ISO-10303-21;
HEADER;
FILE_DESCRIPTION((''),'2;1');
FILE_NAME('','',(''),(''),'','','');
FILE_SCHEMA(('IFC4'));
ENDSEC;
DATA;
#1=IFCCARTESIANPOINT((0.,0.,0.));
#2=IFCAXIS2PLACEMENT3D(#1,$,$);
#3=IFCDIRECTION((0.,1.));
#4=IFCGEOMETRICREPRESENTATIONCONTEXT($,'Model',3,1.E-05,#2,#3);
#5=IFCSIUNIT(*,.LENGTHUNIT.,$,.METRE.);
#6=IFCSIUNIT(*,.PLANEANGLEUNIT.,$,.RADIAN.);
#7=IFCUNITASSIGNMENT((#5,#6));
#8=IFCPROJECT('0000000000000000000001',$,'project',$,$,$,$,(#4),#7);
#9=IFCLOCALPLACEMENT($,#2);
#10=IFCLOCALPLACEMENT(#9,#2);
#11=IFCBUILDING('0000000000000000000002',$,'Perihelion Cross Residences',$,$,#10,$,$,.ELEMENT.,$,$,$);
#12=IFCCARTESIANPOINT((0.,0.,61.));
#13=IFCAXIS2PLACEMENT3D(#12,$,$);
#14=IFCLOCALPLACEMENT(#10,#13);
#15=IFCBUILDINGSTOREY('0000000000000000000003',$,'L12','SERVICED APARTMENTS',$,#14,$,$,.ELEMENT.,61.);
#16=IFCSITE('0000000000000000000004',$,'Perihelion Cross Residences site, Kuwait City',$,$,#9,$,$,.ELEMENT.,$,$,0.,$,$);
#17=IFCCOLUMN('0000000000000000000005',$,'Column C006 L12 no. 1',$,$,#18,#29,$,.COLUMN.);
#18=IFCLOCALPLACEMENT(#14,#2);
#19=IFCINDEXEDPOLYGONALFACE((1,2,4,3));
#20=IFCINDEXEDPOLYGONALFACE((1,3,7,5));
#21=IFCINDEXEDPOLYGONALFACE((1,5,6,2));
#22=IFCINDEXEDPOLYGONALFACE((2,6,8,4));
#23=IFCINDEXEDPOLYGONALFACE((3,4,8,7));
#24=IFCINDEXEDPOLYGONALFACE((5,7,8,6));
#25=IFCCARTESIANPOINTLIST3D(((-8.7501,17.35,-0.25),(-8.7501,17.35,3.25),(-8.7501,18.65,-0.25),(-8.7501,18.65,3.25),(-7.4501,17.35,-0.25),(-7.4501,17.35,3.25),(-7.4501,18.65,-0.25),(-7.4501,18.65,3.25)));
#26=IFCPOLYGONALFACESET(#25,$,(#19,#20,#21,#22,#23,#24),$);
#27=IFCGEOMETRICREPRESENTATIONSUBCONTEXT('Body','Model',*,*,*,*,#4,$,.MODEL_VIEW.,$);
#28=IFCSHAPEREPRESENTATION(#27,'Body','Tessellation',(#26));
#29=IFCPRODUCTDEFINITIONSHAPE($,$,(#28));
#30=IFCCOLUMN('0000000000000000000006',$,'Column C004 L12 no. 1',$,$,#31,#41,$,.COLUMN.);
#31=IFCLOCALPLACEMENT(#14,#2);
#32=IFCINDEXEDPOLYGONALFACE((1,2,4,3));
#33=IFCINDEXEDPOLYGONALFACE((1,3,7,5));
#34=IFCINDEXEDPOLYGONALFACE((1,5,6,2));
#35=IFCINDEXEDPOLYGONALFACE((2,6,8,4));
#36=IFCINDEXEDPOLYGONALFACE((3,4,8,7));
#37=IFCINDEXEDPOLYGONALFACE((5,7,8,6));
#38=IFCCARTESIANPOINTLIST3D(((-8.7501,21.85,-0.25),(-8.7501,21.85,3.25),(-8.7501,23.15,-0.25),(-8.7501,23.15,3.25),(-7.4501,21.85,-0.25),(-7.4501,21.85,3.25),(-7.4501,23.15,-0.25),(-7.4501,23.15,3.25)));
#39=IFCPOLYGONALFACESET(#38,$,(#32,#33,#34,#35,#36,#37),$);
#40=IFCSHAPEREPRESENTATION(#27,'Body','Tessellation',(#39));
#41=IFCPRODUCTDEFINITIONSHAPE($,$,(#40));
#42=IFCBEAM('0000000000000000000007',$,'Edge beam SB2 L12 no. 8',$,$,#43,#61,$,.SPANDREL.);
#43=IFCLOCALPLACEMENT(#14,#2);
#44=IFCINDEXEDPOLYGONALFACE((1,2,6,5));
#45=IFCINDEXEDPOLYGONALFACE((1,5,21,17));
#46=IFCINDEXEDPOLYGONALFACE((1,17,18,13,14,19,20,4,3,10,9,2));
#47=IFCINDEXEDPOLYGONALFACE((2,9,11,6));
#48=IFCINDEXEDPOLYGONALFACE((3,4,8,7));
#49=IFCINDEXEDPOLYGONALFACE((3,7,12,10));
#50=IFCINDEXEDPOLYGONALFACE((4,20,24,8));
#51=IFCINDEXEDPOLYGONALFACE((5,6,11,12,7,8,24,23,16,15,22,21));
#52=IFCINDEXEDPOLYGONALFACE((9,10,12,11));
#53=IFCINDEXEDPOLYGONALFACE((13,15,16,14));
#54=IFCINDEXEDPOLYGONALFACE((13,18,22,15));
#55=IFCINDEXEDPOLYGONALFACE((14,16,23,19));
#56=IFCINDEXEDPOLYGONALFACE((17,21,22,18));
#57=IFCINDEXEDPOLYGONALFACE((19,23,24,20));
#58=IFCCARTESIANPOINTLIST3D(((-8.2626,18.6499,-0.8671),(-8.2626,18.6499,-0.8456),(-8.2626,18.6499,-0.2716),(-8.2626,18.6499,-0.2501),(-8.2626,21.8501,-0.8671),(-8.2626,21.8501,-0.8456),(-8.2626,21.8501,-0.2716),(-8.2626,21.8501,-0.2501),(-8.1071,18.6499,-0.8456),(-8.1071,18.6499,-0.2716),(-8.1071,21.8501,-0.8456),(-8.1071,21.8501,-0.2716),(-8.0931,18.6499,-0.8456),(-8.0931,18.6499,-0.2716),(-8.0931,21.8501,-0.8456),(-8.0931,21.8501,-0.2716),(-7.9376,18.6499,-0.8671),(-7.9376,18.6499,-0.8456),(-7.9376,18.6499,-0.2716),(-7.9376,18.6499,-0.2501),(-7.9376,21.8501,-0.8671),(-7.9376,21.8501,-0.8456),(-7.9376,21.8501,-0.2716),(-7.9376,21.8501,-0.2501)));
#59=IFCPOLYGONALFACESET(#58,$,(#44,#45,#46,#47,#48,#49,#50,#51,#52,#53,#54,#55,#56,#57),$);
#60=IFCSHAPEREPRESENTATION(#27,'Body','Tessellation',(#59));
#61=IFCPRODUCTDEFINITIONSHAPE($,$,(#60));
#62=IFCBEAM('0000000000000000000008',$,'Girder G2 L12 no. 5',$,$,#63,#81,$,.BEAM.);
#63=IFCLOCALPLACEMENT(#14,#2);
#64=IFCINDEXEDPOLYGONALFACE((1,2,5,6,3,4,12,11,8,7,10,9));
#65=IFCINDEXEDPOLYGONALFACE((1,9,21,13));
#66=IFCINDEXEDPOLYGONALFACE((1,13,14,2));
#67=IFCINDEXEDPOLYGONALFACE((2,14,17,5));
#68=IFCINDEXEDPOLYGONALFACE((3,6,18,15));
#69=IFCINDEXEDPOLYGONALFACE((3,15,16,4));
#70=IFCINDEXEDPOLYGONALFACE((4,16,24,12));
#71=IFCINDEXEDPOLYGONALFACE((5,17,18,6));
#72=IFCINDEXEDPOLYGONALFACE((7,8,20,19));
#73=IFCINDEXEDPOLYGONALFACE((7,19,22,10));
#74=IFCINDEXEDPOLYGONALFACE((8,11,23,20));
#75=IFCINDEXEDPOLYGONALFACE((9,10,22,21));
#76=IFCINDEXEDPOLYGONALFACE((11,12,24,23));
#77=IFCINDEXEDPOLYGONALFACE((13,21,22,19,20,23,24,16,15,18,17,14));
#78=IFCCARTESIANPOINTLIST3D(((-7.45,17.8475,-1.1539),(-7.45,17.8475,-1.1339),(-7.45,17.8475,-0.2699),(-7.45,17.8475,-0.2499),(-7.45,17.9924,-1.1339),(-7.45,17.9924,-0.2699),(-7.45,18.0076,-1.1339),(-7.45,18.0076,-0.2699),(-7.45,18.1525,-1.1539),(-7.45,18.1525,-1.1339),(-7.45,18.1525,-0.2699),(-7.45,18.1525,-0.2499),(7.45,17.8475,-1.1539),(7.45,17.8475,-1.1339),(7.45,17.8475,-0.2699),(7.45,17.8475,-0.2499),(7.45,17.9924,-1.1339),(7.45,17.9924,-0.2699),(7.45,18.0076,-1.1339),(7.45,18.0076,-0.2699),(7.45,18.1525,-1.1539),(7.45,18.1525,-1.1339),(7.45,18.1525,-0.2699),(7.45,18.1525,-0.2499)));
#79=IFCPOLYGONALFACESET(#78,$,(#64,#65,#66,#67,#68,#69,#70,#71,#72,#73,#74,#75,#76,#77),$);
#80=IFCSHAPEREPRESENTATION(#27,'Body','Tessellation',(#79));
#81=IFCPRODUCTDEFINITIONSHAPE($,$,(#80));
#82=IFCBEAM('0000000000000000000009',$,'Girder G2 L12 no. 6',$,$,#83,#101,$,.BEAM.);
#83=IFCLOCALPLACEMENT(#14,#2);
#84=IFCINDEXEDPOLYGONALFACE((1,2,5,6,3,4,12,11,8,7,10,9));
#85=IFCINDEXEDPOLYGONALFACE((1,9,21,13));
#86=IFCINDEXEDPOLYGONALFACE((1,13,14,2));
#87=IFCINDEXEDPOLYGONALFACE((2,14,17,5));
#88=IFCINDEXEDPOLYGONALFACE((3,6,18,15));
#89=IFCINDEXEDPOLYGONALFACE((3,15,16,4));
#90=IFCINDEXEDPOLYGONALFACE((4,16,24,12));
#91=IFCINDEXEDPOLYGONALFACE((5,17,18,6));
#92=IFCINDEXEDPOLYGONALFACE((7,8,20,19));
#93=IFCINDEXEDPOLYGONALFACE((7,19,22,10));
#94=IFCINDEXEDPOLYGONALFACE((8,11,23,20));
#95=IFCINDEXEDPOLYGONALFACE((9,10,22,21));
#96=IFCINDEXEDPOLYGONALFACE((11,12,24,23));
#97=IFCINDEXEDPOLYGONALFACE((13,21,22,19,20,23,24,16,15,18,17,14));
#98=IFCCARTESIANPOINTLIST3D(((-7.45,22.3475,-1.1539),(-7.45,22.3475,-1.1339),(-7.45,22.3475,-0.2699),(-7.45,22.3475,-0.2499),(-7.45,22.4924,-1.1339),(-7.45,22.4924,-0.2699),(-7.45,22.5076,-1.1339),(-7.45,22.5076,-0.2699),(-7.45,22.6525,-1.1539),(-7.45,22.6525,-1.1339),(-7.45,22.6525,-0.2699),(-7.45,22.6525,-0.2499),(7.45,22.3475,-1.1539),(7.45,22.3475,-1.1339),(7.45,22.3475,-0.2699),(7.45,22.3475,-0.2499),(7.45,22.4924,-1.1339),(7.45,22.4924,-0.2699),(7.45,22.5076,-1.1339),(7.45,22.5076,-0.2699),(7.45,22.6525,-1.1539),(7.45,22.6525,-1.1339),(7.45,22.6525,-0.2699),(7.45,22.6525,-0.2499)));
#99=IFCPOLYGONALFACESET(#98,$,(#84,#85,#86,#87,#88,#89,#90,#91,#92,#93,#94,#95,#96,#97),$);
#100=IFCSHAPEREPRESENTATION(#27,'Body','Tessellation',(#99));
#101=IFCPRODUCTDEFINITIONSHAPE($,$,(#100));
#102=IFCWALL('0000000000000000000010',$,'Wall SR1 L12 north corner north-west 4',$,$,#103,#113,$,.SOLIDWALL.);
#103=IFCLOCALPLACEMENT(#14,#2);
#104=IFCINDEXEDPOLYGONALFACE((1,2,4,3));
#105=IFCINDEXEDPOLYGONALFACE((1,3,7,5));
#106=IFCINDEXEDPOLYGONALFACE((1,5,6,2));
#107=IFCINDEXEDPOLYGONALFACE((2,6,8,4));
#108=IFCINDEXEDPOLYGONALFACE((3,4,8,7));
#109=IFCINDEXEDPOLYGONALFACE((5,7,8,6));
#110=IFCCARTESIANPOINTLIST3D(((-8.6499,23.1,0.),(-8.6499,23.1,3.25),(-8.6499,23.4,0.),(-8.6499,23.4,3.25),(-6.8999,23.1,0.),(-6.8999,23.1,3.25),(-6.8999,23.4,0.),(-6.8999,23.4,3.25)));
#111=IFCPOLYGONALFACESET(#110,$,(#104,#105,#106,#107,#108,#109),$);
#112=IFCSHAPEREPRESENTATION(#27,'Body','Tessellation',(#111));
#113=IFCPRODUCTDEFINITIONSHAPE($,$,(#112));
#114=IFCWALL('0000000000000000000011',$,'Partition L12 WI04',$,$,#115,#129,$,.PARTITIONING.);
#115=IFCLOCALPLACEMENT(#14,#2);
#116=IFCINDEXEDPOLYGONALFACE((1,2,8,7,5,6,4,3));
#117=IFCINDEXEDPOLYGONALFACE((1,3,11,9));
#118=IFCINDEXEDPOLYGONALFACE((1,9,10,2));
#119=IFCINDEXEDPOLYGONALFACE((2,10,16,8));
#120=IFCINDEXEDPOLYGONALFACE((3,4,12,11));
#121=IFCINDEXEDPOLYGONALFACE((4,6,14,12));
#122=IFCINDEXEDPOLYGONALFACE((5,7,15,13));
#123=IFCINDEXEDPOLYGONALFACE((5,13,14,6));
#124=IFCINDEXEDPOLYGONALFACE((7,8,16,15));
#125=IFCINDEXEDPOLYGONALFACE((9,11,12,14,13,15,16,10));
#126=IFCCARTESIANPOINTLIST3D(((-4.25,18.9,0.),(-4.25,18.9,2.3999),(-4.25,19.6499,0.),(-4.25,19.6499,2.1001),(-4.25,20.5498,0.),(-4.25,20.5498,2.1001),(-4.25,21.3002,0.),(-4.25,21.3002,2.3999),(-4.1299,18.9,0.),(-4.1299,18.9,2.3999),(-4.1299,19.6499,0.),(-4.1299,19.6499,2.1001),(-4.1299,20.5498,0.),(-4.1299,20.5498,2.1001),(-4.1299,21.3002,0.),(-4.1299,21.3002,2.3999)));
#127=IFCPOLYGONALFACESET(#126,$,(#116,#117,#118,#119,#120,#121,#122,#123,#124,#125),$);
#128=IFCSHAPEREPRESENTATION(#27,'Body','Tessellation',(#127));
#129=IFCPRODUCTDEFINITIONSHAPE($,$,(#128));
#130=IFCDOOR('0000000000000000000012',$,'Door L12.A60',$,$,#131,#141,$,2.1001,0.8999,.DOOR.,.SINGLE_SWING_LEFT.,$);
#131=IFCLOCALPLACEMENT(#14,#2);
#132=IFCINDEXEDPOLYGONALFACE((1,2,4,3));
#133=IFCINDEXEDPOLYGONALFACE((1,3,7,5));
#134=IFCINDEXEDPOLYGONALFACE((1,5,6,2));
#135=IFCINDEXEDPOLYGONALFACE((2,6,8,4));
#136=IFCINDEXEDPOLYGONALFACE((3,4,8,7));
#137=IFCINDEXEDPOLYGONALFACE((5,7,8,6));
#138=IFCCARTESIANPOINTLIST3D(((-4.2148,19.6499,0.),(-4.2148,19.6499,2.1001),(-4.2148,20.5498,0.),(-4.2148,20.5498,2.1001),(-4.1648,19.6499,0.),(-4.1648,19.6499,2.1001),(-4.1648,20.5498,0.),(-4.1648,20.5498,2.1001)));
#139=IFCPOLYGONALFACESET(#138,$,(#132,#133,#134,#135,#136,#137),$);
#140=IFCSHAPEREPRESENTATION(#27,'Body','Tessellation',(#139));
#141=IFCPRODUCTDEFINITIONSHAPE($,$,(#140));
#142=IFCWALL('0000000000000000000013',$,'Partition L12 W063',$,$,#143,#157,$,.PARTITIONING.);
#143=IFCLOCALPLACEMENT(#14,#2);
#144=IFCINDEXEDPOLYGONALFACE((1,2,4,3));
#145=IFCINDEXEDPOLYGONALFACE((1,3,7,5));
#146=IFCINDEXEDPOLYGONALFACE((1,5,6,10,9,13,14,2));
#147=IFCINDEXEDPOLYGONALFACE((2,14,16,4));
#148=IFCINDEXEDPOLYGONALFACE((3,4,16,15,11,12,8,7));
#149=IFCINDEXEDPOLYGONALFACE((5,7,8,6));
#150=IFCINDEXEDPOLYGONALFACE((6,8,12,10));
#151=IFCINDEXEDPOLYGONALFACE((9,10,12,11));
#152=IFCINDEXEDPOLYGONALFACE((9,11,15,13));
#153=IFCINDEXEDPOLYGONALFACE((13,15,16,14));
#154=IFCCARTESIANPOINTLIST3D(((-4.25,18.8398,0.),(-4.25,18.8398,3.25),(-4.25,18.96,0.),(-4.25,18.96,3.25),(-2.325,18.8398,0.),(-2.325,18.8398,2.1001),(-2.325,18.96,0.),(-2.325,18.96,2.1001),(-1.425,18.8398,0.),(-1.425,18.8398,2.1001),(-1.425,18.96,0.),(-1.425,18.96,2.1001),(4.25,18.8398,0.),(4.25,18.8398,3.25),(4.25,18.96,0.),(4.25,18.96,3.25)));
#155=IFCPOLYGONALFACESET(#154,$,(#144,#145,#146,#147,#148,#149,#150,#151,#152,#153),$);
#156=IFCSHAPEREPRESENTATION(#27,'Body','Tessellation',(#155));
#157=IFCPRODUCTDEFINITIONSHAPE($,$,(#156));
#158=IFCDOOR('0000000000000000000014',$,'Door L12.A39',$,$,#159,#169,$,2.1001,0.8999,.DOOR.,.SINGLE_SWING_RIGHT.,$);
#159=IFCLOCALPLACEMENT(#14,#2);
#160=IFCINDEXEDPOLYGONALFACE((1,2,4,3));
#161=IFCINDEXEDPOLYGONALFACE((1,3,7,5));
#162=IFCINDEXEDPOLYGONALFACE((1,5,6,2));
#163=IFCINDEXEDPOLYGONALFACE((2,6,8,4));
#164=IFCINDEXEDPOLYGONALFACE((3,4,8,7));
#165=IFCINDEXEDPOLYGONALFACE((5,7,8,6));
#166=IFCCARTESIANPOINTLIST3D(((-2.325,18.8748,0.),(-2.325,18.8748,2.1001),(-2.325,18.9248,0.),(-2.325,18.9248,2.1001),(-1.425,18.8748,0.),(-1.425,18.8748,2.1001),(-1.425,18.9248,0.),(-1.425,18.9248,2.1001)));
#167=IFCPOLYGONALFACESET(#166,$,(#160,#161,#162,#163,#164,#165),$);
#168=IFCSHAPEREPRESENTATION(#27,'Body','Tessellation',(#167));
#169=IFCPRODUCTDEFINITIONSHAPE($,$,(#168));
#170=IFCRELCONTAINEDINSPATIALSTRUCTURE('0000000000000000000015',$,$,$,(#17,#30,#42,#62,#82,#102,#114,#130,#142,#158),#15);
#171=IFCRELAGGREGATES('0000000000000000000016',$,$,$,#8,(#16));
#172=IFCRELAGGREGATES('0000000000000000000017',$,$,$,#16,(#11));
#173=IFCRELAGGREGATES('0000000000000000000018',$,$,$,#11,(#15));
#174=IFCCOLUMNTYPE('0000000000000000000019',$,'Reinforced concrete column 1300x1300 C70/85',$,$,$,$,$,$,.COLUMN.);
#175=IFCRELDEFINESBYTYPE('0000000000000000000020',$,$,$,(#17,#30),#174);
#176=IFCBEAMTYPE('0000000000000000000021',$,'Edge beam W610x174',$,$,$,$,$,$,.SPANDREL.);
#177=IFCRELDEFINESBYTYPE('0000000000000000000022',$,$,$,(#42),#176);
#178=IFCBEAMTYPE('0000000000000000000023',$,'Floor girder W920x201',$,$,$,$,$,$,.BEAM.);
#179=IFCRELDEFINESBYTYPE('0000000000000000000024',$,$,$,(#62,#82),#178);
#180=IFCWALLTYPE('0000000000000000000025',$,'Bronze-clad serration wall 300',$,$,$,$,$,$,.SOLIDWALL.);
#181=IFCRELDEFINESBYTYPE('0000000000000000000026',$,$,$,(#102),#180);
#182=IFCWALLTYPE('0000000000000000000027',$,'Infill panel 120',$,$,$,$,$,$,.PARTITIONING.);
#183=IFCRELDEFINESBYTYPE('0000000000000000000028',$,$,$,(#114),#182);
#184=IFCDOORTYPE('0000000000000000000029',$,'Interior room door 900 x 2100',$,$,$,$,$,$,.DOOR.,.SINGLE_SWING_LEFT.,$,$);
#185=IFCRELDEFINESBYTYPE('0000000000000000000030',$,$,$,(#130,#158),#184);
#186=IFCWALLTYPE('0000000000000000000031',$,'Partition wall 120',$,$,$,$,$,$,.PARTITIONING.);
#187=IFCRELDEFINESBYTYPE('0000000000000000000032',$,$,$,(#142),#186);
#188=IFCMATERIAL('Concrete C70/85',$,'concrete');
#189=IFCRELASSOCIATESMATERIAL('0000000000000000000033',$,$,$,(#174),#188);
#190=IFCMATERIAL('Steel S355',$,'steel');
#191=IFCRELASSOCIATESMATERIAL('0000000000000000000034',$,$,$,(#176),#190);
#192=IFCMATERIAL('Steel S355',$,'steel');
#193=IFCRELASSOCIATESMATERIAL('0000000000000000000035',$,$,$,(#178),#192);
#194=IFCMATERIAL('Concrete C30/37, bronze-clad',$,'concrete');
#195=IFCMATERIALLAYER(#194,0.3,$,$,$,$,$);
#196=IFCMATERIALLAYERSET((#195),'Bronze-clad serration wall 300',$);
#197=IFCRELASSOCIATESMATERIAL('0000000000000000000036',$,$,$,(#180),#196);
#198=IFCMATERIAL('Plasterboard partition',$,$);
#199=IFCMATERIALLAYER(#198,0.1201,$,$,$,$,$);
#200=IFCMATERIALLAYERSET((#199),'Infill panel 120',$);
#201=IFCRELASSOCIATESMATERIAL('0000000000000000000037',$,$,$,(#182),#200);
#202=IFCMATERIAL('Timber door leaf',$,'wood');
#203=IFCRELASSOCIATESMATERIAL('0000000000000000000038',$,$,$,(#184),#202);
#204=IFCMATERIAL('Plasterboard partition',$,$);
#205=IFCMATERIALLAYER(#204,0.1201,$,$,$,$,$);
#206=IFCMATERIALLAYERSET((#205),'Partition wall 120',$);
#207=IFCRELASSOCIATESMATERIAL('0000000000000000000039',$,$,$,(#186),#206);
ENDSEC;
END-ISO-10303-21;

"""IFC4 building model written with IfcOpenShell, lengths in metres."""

from ifc_helpers import new_model, si_unit, direction, frame, frame_2d, origin, origin_2d, place, context, subcontext, project, spatial, rectangle, i_section, extrude, material, layer, layer_set, material_profile, profile_set, type_object, element, fill, save


model = new_model("IFC4")

# Units and contexts
model_context = context("Model", 3, precision=1e-05, world=origin(), true_north=direction((0.0, 1.0)))
body_context = subcontext(model_context, "Body", "Model", "MODEL_VIEW")
ifc_project = project(units=[si_unit("LENGTHUNIT", "METRE"), si_unit("PLANEANGLEUNIT", "RADIAN")], contexts=[model_context])

# Site, building, storey
site_placement = place(None, origin())
site = spatial("IfcSite", under=ifc_project, at=site_placement, Name="Perihelion Cross Residences site, Kuwait City", CompositionType="ELEMENT", RefElevation=0.0)
building_placement = place(site_placement, origin())
building = spatial("IfcBuilding", under=site, at=building_placement, Name="Perihelion Cross Residences", CompositionType="ELEMENT")
storey_placement = place(building_placement, frame((0.0, 0.0, 61.0)))
storey = spatial("IfcBuildingStorey", under=building, at=storey_placement, Name="L12", Description="SERVICED APARTMENTS", CompositionType="ELEMENT", Elevation=61.0)

# Columns
ifc_material_1 = material(Name="Concrete C70/85", Category="concrete")
ifc_material_profile_1 = material_profile(ifc_material_1, rectangle(XDim=1.3, YDim=1.3, at=origin_2d()), Name="RC 1300x1300")
ifc_profile_set_1 = profile_set([ifc_material_profile_1], Name="Concrete C70/85")
column_type = type_object("IfcColumnType", Name="Reinforced concrete column 1300x1300 C70/85", PredefinedType="COLUMN", material=ifc_profile_set_1)
for number, where, z_axis, x_axis, name in (
    (1, (-8.1001, 18.0, -0.25), (0.0, 0.0, 1.0), (1.0, 0.0, 0.0), "Column C006 L12 no. 1"),
    (2, (-8.1001, 22.5, -0.25), (0.0, 0.0, 1.0), (1.0, 0.0, 0.0), "Column C004 L12 no. 1"),
):
    element("IfcColumn", number, at=place(storey_placement, frame(where, z_axis=z_axis, x_axis=x_axis)), inside=storey, type_object=column_type, Name=name, PredefinedType="COLUMN", context=body_context, shape_type="SweptSolid", body=[
        extrude(rectangle(XDim=1.3, YDim=1.3, at=origin_2d()), origin(), (0.0, 0.0, 1.0), 3.5),
    ])

# Beams
ifc_material_2 = material(Name="Steel S355", Category="steel")
ifc_material_profile_2 = material_profile(ifc_material_2, i_section(OverallWidth=0.325, OverallDepth=0.6169, WebThickness=0.0139, FlangeThickness=0.0215, at=origin_2d()), Name="W610x174")
ifc_profile_set_2 = profile_set([ifc_material_profile_2], Name="Steel S355")
beam_type_1 = type_object("IfcBeamType", Name="Edge beam W610x174", PredefinedType="SPANDREL", material=ifc_profile_set_2)
beam_placement = place(storey_placement, frame((-8.1001, 21.8501, -0.5586), z_axis=(0.0, -1.0, 0.0), x_axis=(1.0, 0.0, 0.0)))
element("IfcBeam", 3, at=beam_placement, inside=storey, type_object=beam_type_1, Name="Edge beam SB2 L12 no. 8", PredefinedType="SPANDREL", context=body_context, shape_type="SweptSolid", body=[
    extrude(i_section(OverallWidth=0.325, OverallDepth=0.6169, WebThickness=0.0139, FlangeThickness=0.0215, at=origin_2d()), origin(), (0.0, 0.0, 1.0), 3.2002),
])
ifc_material_3 = material(Name="Steel S355", Category="steel")
ifc_material_profile_3 = material_profile(ifc_material_3, i_section(OverallWidth=0.3049, OverallDepth=0.9041, WebThickness=0.0151, FlangeThickness=0.02, at=origin_2d()), Name="W920x201")
ifc_profile_set_3 = profile_set([ifc_material_profile_3], Name="Steel S355")
beam_type_2 = type_object("IfcBeamType", Name="Floor girder W920x201", PredefinedType="BEAM", material=ifc_profile_set_3)
for number, where, z_axis, x_axis, name in (
    (4, (-7.45, 18.0, -0.7019), (1.0, 0.0, 0.0), (0.0, 1.0, 0.0), "Girder G2 L12 no. 5"),
    (5, (-7.45, 22.5, -0.7019), (1.0, 0.0, 0.0), (0.0, 1.0, 0.0), "Girder G2 L12 no. 6"),
):
    element("IfcBeam", number, at=place(storey_placement, frame(where, z_axis=z_axis, x_axis=x_axis)), inside=storey, type_object=beam_type_2, Name=name, PredefinedType="BEAM", context=body_context, shape_type="SweptSolid", body=[
        extrude(i_section(OverallWidth=0.3049, OverallDepth=0.9041, WebThickness=0.0151, FlangeThickness=0.02, at=origin_2d()), origin(), (0.0, 0.0, 1.0), 14.8999),
    ])

# Wall
ifc_material_4 = material(Name="Concrete C30/37, bronze-clad", Category="concrete")
ifc_layer_1 = layer(ifc_material_4, 0.3)
ifc_layer_set_1 = layer_set([ifc_layer_1], Name="Bronze-clad serration wall 300")
wall_type_1 = type_object("IfcWallType", Name="Bronze-clad serration wall 300", PredefinedType="SOLIDWALL", material=ifc_layer_set_1)
wall_1_placement = place(storey_placement, frame((-6.8999, 23.25, 0.0), z_axis=(0.0, 0.0, 1.0), x_axis=(-1.0, 0.0, 0.0)))
element("IfcWall", 6, at=wall_1_placement, inside=storey, type_object=wall_type_1, Name="Wall SR1 L12 north corner north-west 4", PredefinedType="SOLIDWALL", context=body_context, shape_type="SweptSolid", body=[
    extrude(rectangle(XDim=1.75, YDim=0.3, at=frame_2d((0.875, 0.0))), origin(), (0.0, 0.0, 1.0), 3.25),
])

# Walls, openings, doors
ifc_material_5 = material(Name="Plasterboard partition")
ifc_layer_2 = layer(ifc_material_5, 0.1201)
ifc_layer_set_2 = layer_set([ifc_layer_2], Name="Infill panel 120")
wall_type_2 = type_object("IfcWallType", Name="Infill panel 120", PredefinedType="PARTITIONING", material=ifc_layer_set_2)
wall_2_placement = place(storey_placement, frame((-4.1899, 18.8999, 0.0), z_axis=(0.0, 0.0, 1.0), x_axis=(0.0, 1.0, 0.0)))
wall_2 = element("IfcWall", 7, at=wall_2_placement, inside=storey, type_object=wall_type_2, Name="Partition L12 WI04", PredefinedType="PARTITIONING", context=body_context, shape_type="SweptSolid", body=[
    extrude(rectangle(XDim=2.4001, YDim=0.1201, at=frame_2d((1.2002, 0.0))), origin(), (0.0, 0.0, 1.0), 2.3999),
])
opening_1_placement = place(wall_2_placement, frame((0.75, 0.0, 0.0)))
opening_1 = element("IfcOpeningElement", 8, at=opening_1_placement, cuts=wall_2, PredefinedType="OPENING", context=body_context, shape_type="SweptSolid", body=[
    extrude(rectangle(XDim=0.8999, YDim=2.1001, at=frame_2d((0.45, 1.05))), frame((0.0, 0.0701, 0.0), z_axis=(0.0, -1.0, 0.0), x_axis=(1.0, 0.0, 0.0)), (0.0, 0.0, 1.0), 0.1401),
])
ifc_material_6 = material(Name="Timber door leaf", Category="wood")
door_type_1 = type_object("IfcDoorType", Name="Interior room door 900 x 2100", OperationType="SINGLE_SWING_LEFT", PredefinedType="DOOR", material=ifc_material_6)
door_1_placement = place(opening_1_placement, origin())
door_1 = element("IfcDoor", 9, at=door_1_placement, inside=storey, type_object=door_type_1, Name="Door L12.A60", OperationType="SINGLE_SWING_LEFT", OverallHeight=2.1001, OverallWidth=0.8999, PredefinedType="DOOR", context=body_context, shape_type="SweptSolid", body=[
    extrude(rectangle(XDim=0.8999, YDim=2.1001, at=frame_2d((0.45, 1.05))), frame((0.0, 0.0249, 0.0), z_axis=(0.0, -1.0, 0.0), x_axis=(1.0, 0.0, 0.0)), (0.0, 0.0, 1.0), 0.05),
])
fill(opening_1, door_1)
ifc_material_7 = material(Name="Plasterboard partition")
ifc_layer_3 = layer(ifc_material_7, 0.1201)
ifc_layer_set_3 = layer_set([ifc_layer_3], Name="Partition wall 120")
wall_type_3 = type_object("IfcWallType", Name="Partition wall 120", PredefinedType="PARTITIONING", material=ifc_layer_set_3)
wall_3_placement = place(storey_placement, frame((-4.25, 18.8999, 0.0), z_axis=(0.0, 0.0, 1.0), x_axis=(1.0, 0.0, 0.0)))
wall_3 = element("IfcWall", 10, at=wall_3_placement, inside=storey, type_object=wall_type_3, Name="Partition L12 W063", PredefinedType="PARTITIONING", context=body_context, shape_type="SweptSolid", body=[
    extrude(rectangle(XDim=8.5, YDim=0.1201, at=frame_2d((4.25, 0.0))), origin(), (0.0, 0.0, 1.0), 3.25),
])
opening_2_placement = place(wall_3_placement, frame((1.925, 0.0, 0.0)))
opening_2 = element("IfcOpeningElement", 11, at=opening_2_placement, cuts=wall_3, PredefinedType="OPENING", context=body_context, shape_type="SweptSolid", body=[
    extrude(rectangle(XDim=0.8999, YDim=2.1001, at=frame_2d((0.45, 1.05))), frame((0.0, 0.0701, 0.0), z_axis=(0.0, -1.0, 0.0), x_axis=(1.0, 0.0, 0.0)), (0.0, 0.0, 1.0), 0.1401),
])
door_2_placement = place(opening_2_placement, origin())
door_2 = element("IfcDoor", 12, at=door_2_placement, inside=storey, type_object=door_type_1, Name="Door L12.A39", OperationType="SINGLE_SWING_RIGHT", OverallHeight=2.1001, OverallWidth=0.8999, PredefinedType="DOOR", context=body_context, shape_type="SweptSolid", body=[
    extrude(rectangle(XDim=0.8999, YDim=2.1001, at=frame_2d((0.45, 1.05))), frame((0.0, 0.0249, 0.0), z_axis=(0.0, -1.0, 0.0), x_axis=(1.0, 0.0, 0.0)), (0.0, 0.0, 1.0), 0.05),
])
fill(opening_2, door_2)

save(model, "model.ifc")
